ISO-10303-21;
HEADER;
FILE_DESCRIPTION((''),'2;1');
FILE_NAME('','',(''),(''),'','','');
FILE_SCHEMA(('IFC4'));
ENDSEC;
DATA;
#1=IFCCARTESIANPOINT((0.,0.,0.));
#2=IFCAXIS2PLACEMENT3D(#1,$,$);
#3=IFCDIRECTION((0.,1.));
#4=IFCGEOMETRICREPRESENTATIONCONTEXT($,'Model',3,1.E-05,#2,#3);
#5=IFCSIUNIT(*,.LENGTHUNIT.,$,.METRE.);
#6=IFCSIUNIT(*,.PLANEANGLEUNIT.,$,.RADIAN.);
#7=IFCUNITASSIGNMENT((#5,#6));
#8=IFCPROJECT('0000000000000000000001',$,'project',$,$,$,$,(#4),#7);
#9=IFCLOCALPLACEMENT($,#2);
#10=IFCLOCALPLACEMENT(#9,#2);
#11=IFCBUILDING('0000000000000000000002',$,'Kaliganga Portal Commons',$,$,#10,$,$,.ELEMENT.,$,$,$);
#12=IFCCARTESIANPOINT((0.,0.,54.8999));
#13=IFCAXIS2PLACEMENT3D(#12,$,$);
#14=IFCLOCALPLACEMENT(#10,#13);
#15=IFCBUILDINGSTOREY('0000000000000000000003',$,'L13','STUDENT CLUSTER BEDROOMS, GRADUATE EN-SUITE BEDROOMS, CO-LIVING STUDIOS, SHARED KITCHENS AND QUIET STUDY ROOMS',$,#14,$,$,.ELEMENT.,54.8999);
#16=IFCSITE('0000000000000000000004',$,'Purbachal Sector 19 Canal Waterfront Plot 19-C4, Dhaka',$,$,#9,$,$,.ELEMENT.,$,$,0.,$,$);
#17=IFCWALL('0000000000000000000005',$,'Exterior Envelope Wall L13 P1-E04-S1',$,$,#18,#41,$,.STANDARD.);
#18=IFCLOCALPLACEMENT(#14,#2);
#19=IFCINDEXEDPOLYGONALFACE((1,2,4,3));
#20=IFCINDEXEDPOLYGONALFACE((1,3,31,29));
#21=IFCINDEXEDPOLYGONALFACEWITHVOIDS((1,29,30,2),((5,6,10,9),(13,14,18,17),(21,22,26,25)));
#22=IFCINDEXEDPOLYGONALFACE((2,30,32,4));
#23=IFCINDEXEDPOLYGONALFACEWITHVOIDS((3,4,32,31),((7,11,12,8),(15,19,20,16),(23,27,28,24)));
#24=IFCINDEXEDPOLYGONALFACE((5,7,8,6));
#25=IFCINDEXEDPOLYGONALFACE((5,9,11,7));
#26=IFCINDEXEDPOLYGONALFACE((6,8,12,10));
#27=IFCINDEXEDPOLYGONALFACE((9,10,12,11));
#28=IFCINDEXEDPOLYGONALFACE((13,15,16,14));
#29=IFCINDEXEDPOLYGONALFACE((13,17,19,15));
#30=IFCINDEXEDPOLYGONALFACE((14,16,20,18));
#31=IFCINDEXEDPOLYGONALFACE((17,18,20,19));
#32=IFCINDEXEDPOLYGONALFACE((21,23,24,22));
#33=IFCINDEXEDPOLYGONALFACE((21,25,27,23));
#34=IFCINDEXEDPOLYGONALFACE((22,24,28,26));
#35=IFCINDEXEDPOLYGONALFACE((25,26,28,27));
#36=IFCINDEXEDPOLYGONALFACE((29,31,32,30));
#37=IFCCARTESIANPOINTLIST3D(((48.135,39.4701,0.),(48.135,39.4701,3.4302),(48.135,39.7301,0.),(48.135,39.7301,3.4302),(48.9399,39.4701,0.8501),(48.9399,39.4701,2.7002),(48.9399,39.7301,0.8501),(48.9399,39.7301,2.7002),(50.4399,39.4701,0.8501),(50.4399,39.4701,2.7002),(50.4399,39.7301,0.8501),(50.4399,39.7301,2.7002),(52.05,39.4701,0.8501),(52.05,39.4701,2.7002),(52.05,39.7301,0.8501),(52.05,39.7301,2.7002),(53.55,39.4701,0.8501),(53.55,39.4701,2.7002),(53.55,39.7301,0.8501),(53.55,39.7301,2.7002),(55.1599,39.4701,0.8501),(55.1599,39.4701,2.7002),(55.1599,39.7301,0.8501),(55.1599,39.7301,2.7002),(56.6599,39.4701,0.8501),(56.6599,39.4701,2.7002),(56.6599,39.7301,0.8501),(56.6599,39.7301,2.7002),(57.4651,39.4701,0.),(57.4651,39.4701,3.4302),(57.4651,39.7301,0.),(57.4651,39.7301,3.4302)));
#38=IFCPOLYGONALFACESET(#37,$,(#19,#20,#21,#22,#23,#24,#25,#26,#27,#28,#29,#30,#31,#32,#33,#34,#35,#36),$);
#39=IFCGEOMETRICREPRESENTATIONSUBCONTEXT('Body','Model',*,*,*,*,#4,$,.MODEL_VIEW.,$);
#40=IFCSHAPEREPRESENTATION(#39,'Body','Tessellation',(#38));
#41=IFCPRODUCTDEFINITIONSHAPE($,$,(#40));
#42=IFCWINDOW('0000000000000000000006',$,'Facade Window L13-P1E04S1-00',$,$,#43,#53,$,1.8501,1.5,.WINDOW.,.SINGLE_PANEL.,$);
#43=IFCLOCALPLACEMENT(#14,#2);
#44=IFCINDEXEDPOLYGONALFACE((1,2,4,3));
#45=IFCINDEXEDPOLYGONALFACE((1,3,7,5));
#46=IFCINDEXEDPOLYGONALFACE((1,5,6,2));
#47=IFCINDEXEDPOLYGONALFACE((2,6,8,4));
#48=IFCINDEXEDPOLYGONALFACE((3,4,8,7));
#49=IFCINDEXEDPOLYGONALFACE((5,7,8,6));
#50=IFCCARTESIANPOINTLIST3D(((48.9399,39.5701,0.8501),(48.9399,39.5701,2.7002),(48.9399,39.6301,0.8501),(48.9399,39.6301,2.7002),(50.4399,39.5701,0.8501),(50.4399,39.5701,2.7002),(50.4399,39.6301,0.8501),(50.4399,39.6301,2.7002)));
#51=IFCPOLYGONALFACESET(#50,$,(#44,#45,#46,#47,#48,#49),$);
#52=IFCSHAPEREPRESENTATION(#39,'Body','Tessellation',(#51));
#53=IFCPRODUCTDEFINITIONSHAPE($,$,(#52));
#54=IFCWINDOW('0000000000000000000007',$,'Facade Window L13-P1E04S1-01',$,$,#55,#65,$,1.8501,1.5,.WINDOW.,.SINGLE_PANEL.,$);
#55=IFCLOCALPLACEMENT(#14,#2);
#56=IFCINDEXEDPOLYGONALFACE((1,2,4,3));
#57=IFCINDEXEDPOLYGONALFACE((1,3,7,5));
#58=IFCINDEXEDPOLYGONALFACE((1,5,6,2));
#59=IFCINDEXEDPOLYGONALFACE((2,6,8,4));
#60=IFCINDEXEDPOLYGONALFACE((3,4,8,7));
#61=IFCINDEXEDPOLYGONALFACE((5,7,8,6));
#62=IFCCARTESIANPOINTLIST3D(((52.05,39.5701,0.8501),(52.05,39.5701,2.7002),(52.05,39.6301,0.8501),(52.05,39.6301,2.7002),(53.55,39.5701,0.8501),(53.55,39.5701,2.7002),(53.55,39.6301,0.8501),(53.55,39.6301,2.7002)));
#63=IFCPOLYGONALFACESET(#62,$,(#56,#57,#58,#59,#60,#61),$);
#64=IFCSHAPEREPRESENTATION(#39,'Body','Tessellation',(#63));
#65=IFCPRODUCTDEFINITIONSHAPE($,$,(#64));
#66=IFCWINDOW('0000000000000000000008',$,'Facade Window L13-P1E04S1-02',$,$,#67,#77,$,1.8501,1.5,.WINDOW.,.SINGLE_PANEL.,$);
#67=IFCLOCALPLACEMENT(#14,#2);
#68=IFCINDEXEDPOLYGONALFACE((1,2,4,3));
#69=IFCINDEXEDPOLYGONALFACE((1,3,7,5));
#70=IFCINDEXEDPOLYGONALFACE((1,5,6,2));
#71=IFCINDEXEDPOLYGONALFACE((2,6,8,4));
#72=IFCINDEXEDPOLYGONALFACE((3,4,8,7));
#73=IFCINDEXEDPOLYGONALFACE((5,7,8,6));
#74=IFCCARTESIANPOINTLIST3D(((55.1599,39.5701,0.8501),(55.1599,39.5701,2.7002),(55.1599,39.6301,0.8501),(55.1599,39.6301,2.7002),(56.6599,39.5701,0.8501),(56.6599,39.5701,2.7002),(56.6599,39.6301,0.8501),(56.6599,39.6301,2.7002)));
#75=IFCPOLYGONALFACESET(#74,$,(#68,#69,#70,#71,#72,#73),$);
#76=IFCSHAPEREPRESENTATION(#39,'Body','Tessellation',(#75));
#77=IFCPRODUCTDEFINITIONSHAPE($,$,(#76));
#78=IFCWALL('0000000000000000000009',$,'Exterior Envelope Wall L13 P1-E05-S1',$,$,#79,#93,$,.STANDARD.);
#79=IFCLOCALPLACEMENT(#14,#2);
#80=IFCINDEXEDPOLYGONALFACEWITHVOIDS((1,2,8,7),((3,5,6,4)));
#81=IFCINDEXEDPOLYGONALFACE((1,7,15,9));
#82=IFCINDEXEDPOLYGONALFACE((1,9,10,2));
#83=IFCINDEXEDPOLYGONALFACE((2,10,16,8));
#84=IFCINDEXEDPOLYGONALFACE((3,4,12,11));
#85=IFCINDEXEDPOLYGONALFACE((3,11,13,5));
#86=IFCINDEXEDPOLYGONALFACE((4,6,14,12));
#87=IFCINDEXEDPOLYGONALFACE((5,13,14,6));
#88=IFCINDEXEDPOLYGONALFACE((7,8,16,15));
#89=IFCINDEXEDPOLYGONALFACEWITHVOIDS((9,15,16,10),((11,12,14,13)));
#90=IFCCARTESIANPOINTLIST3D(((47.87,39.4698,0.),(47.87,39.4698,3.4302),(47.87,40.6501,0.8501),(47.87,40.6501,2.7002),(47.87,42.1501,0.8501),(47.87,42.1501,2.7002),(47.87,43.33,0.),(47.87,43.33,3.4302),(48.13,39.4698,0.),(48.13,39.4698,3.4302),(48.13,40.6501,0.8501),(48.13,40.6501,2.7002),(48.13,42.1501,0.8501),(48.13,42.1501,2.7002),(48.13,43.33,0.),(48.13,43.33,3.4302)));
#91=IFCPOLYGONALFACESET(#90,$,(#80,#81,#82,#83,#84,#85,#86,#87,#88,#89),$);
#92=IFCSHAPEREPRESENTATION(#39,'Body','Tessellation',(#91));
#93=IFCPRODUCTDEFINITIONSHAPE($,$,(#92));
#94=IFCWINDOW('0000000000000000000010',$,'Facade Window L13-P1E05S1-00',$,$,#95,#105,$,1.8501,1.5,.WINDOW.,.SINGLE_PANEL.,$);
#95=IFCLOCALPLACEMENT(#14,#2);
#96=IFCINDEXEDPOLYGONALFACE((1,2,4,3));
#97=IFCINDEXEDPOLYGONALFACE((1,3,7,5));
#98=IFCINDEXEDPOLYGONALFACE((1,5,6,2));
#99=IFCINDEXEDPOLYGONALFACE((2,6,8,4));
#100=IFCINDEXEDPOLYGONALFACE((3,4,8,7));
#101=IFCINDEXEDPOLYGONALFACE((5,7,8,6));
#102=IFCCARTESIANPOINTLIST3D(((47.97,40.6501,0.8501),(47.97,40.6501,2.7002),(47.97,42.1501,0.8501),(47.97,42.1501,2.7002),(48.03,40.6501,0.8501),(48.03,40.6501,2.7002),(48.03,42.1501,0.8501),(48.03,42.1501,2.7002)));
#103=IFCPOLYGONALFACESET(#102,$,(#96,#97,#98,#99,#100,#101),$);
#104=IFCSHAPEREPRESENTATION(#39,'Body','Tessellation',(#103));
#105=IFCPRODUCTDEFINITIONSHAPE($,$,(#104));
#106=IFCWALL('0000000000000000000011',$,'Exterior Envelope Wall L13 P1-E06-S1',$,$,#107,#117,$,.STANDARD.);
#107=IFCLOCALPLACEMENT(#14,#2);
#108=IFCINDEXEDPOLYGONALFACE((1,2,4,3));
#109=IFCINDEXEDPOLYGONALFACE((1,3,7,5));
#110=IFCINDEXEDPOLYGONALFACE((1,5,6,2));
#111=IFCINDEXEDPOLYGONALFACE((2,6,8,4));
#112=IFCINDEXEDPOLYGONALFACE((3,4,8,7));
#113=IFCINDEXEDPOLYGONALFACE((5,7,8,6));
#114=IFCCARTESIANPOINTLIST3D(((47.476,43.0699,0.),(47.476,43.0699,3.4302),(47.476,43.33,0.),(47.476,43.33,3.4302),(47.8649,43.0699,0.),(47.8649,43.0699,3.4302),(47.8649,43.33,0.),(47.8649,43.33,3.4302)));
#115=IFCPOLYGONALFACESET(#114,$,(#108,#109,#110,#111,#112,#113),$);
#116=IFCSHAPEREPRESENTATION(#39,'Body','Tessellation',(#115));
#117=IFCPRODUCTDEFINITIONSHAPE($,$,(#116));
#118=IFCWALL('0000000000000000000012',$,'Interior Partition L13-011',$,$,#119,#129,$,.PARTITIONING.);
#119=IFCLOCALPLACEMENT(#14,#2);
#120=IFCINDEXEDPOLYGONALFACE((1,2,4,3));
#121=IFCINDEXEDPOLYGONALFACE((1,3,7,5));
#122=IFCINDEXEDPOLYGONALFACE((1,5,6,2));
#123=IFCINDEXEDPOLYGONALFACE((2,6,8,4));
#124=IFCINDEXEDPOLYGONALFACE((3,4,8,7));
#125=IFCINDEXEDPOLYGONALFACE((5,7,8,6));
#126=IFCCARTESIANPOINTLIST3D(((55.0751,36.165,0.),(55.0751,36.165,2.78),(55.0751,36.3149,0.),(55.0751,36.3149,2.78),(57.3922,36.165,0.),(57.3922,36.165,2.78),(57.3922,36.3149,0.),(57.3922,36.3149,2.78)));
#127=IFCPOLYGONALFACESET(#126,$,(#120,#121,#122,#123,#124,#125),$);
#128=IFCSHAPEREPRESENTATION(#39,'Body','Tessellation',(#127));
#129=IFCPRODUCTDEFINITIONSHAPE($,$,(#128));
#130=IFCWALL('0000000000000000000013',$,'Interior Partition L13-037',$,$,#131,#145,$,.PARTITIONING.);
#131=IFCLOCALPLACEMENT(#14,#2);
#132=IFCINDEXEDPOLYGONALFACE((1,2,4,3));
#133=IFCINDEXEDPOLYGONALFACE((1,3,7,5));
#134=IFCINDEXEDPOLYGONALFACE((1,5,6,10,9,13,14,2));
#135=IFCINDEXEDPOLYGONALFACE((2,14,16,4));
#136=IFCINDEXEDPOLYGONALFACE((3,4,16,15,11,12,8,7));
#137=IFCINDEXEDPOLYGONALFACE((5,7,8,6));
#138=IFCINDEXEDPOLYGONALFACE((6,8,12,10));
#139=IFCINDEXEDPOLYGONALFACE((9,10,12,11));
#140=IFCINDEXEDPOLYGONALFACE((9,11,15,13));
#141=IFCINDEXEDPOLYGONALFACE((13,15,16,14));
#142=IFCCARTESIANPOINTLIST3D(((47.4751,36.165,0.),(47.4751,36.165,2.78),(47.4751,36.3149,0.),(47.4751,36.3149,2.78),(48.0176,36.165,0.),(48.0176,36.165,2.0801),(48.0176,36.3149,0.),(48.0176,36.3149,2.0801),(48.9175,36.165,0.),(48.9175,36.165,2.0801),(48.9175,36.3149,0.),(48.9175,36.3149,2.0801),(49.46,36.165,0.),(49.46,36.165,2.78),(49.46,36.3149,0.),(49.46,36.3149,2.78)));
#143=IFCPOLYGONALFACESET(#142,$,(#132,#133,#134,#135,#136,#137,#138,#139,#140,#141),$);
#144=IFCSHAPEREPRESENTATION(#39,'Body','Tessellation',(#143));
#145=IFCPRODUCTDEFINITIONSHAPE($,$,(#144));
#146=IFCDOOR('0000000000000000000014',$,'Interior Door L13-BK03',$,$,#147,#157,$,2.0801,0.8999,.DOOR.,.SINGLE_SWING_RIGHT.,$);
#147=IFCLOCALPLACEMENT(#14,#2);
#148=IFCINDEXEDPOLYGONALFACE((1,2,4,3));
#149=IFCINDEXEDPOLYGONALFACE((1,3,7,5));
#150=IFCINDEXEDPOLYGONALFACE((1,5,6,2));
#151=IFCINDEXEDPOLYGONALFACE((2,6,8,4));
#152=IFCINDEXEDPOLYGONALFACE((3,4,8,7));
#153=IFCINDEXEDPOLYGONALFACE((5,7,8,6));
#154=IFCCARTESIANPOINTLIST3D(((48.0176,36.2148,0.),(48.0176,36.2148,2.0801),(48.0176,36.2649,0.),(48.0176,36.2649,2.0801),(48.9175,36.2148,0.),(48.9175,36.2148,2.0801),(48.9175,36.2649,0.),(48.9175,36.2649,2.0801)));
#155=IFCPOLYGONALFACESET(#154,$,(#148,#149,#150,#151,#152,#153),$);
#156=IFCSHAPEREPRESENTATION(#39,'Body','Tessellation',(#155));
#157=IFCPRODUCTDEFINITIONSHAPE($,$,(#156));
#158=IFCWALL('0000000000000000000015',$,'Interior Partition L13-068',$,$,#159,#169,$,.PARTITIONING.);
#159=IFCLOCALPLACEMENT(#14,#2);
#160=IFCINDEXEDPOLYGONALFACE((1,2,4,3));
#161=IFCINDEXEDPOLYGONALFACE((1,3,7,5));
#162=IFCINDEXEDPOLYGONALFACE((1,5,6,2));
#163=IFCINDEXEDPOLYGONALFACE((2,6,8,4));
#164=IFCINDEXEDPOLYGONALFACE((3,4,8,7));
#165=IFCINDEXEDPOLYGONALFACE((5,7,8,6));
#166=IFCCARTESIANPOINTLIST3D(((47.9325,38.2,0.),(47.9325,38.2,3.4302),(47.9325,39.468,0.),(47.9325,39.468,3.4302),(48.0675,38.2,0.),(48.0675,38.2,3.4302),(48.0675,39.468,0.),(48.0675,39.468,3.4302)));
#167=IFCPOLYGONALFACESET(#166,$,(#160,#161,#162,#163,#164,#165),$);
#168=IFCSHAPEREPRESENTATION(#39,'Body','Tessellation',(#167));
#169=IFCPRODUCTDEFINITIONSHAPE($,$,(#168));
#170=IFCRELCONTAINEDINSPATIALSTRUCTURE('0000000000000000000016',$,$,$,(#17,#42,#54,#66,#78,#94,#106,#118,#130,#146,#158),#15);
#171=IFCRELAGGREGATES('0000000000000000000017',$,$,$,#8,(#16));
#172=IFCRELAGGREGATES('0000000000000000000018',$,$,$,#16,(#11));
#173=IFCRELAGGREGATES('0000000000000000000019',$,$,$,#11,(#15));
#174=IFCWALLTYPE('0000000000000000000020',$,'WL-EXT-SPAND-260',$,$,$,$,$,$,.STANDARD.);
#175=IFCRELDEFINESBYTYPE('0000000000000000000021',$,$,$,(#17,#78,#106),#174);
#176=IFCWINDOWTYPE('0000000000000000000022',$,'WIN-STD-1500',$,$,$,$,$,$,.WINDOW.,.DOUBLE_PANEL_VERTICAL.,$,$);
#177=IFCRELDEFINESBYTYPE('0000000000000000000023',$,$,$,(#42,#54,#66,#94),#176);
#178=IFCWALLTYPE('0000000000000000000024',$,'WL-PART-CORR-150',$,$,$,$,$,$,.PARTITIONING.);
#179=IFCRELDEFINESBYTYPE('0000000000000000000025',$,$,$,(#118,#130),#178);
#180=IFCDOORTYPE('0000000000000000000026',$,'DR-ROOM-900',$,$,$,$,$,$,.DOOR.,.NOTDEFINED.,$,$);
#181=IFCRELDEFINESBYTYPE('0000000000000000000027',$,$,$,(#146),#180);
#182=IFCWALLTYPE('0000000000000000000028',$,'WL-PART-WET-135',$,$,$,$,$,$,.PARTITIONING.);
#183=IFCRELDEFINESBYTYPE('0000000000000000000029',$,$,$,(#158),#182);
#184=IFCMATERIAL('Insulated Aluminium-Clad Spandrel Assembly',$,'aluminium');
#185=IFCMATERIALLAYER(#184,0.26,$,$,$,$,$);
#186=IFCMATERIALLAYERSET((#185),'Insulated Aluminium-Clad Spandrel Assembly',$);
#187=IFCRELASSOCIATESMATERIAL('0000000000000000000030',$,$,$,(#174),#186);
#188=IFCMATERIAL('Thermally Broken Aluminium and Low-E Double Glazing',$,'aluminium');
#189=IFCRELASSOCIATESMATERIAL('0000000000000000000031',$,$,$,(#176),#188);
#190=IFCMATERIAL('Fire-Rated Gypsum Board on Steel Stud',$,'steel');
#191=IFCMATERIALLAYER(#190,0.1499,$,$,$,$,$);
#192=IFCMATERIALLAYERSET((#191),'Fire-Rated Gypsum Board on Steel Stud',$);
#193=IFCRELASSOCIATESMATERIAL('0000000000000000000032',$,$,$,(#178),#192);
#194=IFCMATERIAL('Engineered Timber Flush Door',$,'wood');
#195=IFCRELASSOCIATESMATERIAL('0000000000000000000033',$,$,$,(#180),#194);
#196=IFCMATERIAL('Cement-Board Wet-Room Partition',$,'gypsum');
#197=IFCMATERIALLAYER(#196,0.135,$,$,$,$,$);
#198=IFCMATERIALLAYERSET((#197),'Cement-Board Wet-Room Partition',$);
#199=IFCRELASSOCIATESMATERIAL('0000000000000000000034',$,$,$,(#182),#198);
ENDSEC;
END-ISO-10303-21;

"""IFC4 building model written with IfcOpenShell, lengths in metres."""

from ifc_helpers import new_model, si_unit, direction, frame, frame_2d, origin, place, context, subcontext, project, spatial, rectangle, extrude, material, layer, layer_set, type_object, element, fill, save


model = new_model("IFC4")

# Units and contexts
model_context = context("Model", 3, precision=1e-05, world=origin(), true_north=direction((0.0, 1.0)))
body_context = subcontext(model_context, "Body", "Model", "MODEL_VIEW")
ifc_project = project(units=[si_unit("LENGTHUNIT", "METRE"), si_unit("PLANEANGLEUNIT", "RADIAN")], contexts=[model_context])

# Site, building, storey
site_placement = place(None, origin())
site = spatial("IfcSite", under=ifc_project, at=site_placement, Name="Purbachal Sector 19 Canal Waterfront Plot 19-C4, Dhaka", CompositionType="ELEMENT", RefElevation=0.0)
building_placement = place(site_placement, origin())
building = spatial("IfcBuilding", under=site, at=building_placement, Name="Kaliganga Portal Commons", CompositionType="ELEMENT")
storey_placement = place(building_placement, frame((0.0, 0.0, 54.8999)))
storey = spatial("IfcBuildingStorey", under=building, at=storey_placement, Name="L13", Description="STUDENT CLUSTER BEDROOMS, GRADUATE EN-SUITE BEDROOMS, CO-LIVING STUDIOS, SHARED KITCHENS AND QUIET STUDY ROOMS", CompositionType="ELEMENT", Elevation=54.8999)

# Wall, openings, windows
ifc_material_1 = material(Name="Insulated Aluminium-Clad Spandrel Assembly", Category="aluminium")
ifc_layer_1 = layer(ifc_material_1, 0.26)
ifc_layer_set_1 = layer_set([ifc_layer_1], Name="Insulated Aluminium-Clad Spandrel Assembly")
wall_type_1 = type_object("IfcWallType", Name="WL-EXT-SPAND-260", PredefinedType="STANDARD", material=ifc_layer_set_1)
ifc_material_2 = material(Name="Thermally Broken Aluminium and Low-E Double Glazing", Category="aluminium")
window_type_1 = type_object("IfcWindowType", Name="WIN-STD-1500", PartitioningType="DOUBLE_PANEL_VERTICAL", PredefinedType="WINDOW", material=ifc_material_2)
wall_1_placement = place(storey_placement, frame((48.135, 39.6001, 0.0), z_axis=(0.0, 0.0, 1.0), x_axis=(1.0, 0.0, 0.0)))
wall_1 = element("IfcWall", 1, at=wall_1_placement, inside=storey, type_object=wall_type_1, Name="Exterior Envelope Wall L13 P1-E04-S1", PredefinedType="STANDARD", context=body_context, shape_type="SweptSolid", body=[
    extrude(rectangle(XDim=9.3301, YDim=0.26, at=frame_2d((4.665, 0.0))), origin(), (0.0, 0.0, 1.0), 3.4302),
])
opening_1_placement = place(wall_1_placement, frame((0.8049, 0.0, 0.8501)))
opening_1 = element("IfcOpeningElement", 2, at=opening_1_placement, cuts=wall_1, PredefinedType="OPENING", context=body_context, shape_type="SweptSolid", body=[
    extrude(rectangle(XDim=1.5, YDim=1.8501, at=frame_2d((0.75, 0.925))), frame((0.0, 0.1401, 0.0), z_axis=(0.0, -1.0, 0.0), x_axis=(1.0, 0.0, 0.0)), (0.0, 0.0, 1.0), 0.28),
])
opening_2_placement = place(wall_1_placement, frame((3.915, 0.0, 0.8501)))
opening_2 = element("IfcOpeningElement", 3, at=opening_2_placement, cuts=wall_1, PredefinedType="OPENING", context=body_context, shape_type="SweptSolid", body=[
    extrude(rectangle(XDim=1.5, YDim=1.8501, at=frame_2d((0.75, 0.925))), frame((0.0, 0.1401, 0.0), z_axis=(0.0, -1.0, 0.0), x_axis=(1.0, 0.0, 0.0)), (0.0, 0.0, 1.0), 0.28),
])
opening_3_placement = place(wall_1_placement, frame((7.0249, 0.0, 0.8501)))
opening_3 = element("IfcOpeningElement", 4, at=opening_3_placement, cuts=wall_1, PredefinedType="OPENING", context=body_context, shape_type="SweptSolid", body=[
    extrude(rectangle(XDim=1.5, YDim=1.8501, at=frame_2d((0.75, 0.925))), frame((0.0, 0.1401, 0.0), z_axis=(0.0, -1.0, 0.0), x_axis=(1.0, 0.0, 0.0)), (0.0, 0.0, 1.0), 0.28),
])
window_1_placement = place(opening_1_placement, origin())
window_1 = element("IfcWindow", 5, at=window_1_placement, inside=storey, type_object=window_type_1, Name="Facade Window L13-P1E04S1-00", OverallHeight=1.8501, OverallWidth=1.5, PartitioningType="SINGLE_PANEL", PredefinedType="WINDOW", context=body_context, shape_type="SweptSolid", body=[
    extrude(rectangle(XDim=1.5, YDim=1.8501, at=frame_2d((0.75, 0.925))), frame((0.0, 0.03, 0.0), z_axis=(0.0, -1.0, 0.0), x_axis=(1.0, 0.0, 0.0)), (0.0, 0.0, 1.0), 0.0601),
])
fill(opening_1, window_1)
window_2_placement = place(opening_2_placement, origin())
window_2 = element("IfcWindow", 6, at=window_2_placement, inside=storey, type_object=window_type_1, Name="Facade Window L13-P1E04S1-01", OverallHeight=1.8501, OverallWidth=1.5, PartitioningType="SINGLE_PANEL", PredefinedType="WINDOW", context=body_context, shape_type="SweptSolid", body=[
    extrude(rectangle(XDim=1.5, YDim=1.8501, at=frame_2d((0.75, 0.925))), frame((0.0, 0.03, 0.0), z_axis=(0.0, -1.0, 0.0), x_axis=(1.0, 0.0, 0.0)), (0.0, 0.0, 1.0), 0.0601),
])
fill(opening_2, window_2)
window_3_placement = place(opening_3_placement, origin())
window_3 = element("IfcWindow", 7, at=window_3_placement, inside=storey, type_object=window_type_1, Name="Facade Window L13-P1E04S1-02", OverallHeight=1.8501, OverallWidth=1.5, PartitioningType="SINGLE_PANEL", PredefinedType="WINDOW", context=body_context, shape_type="SweptSolid", body=[
    extrude(rectangle(XDim=1.5, YDim=1.8501, at=frame_2d((0.75, 0.925))), frame((0.0, 0.03, 0.0), z_axis=(0.0, -1.0, 0.0), x_axis=(1.0, 0.0, 0.0)), (0.0, 0.0, 1.0), 0.0601),
])
fill(opening_3, window_3)

# Wall, opening, window
wall_2_placement = place(storey_placement, frame((48.0, 43.3301, 0.0), z_axis=(0.0, 0.0, 1.0), x_axis=(0.0, -1.0, 0.0)))
wall_2 = element("IfcWall", 8, at=wall_2_placement, inside=storey, type_object=wall_type_1, Name="Exterior Envelope Wall L13 P1-E05-S1", PredefinedType="STANDARD", context=body_context, shape_type="SweptSolid", body=[
    extrude(rectangle(XDim=3.8601, YDim=0.26, at=frame_2d((1.9302, 0.0))), origin(), (0.0, 0.0, 1.0), 3.4302),
])
opening_4_placement = place(wall_2_placement, frame((1.1799, 0.0, 0.8501)))
opening_4 = element("IfcOpeningElement", 9, at=opening_4_placement, cuts=wall_2, PredefinedType="OPENING", context=body_context, shape_type="SweptSolid", body=[
    extrude(rectangle(XDim=1.5, YDim=1.8501, at=frame_2d((0.75, 0.925))), frame((0.0, 0.1401, 0.0), z_axis=(0.0, -1.0, 0.0), x_axis=(1.0, 0.0, 0.0)), (0.0, 0.0, 1.0), 0.28),
])
window_4_placement = place(opening_4_placement, origin())
window_4 = element("IfcWindow", 10, at=window_4_placement, inside=storey, type_object=window_type_1, Name="Facade Window L13-P1E05S1-00", OverallHeight=1.8501, OverallWidth=1.5, PartitioningType="SINGLE_PANEL", PredefinedType="WINDOW", context=body_context, shape_type="SweptSolid", body=[
    extrude(rectangle(XDim=1.5, YDim=1.8501, at=frame_2d((0.75, 0.925))), frame((0.0, 0.03, 0.0), z_axis=(0.0, -1.0, 0.0), x_axis=(1.0, 0.0, 0.0)), (0.0, 0.0, 1.0), 0.0601),
])
fill(opening_4, window_4)

# Wall
wall_3_placement = place(storey_placement, frame((47.4761, 43.2, 0.0), z_axis=(0.0, 0.0, 1.0), x_axis=(1.0, 0.0, 0.0)))
element("IfcWall", 11, at=wall_3_placement, inside=storey, type_object=wall_type_1, Name="Exterior Envelope Wall L13 P1-E06-S1", PredefinedType="STANDARD", context=body_context, shape_type="SweptSolid", body=[
    extrude(rectangle(XDim=0.3889, YDim=0.26, at=frame_2d((0.1943, 0.0))), origin(), (0.0, 0.0, 1.0), 3.4302),
])

# Shared definitions
ifc_material_3 = material(Name="Fire-Rated Gypsum Board on Steel Stud", Category="steel")
ifc_layer_2 = layer(ifc_material_3, 0.1499)
ifc_layer_set_2 = layer_set([ifc_layer_2], Name="Fire-Rated Gypsum Board on Steel Stud")
wall_type_2 = type_object("IfcWallType", Name="WL-PART-CORR-150", PredefinedType="PARTITIONING", material=ifc_layer_set_2)

# Wall
wall_4_placement = place(storey_placement, frame((55.075, 36.24, 0.0), z_axis=(0.0, 0.0, 1.0), x_axis=(1.0, 0.0, 0.0)))
element("IfcWall", 12, at=wall_4_placement, inside=storey, type_object=wall_type_2, Name="Interior Partition L13-011", PredefinedType="PARTITIONING", context=body_context, shape_type="SweptSolid", body=[
    extrude(rectangle(XDim=2.3171, YDim=0.1499, at=frame_2d((1.1587, 0.0))), origin(), (0.0, 0.0, 1.0), 2.78),
])

# Wall, opening, door
wall_5_placement = place(storey_placement, frame((47.4751, 36.24, 0.0), z_axis=(0.0, 0.0, 1.0), x_axis=(1.0, 0.0, 0.0)))
wall_5 = element("IfcWall", 13, at=wall_5_placement, inside=storey, type_object=wall_type_2, Name="Interior Partition L13-037", PredefinedType="PARTITIONING", context=body_context, shape_type="SweptSolid", body=[
    extrude(rectangle(XDim=1.9849, YDim=0.1499, at=frame_2d((0.9924, 0.0))), origin(), (0.0, 0.0, 1.0), 2.78),
])
opening_5_placement = place(wall_5_placement, frame((0.5425, 0.0, 0.0)))
opening_5 = element("IfcOpeningElement", 14, at=opening_5_placement, cuts=wall_5, PredefinedType="OPENING", context=body_context, shape_type="SweptSolid", body=[
    extrude(rectangle(XDim=0.8999, YDim=2.0801, at=frame_2d((0.45, 1.04))), frame((0.0, 0.085, 0.0), z_axis=(0.0, -1.0, 0.0), x_axis=(1.0, 0.0, 0.0)), (0.0, 0.0, 1.0), 0.1699),
])
ifc_material_4 = material(Name="Engineered Timber Flush Door", Category="wood")
door_type_1 = type_object("IfcDoorType", Name="DR-ROOM-900", OperationType="NOTDEFINED", PredefinedType="DOOR", material=ifc_material_4)
door_1_placement = place(opening_5_placement, origin())
door_1 = element("IfcDoor", 15, at=door_1_placement, inside=storey, type_object=door_type_1, Name="Interior Door L13-BK03", OperationType="SINGLE_SWING_RIGHT", OverallHeight=2.0801, OverallWidth=0.8999, PredefinedType="DOOR", context=body_context, shape_type="SweptSolid", body=[
    extrude(rectangle(XDim=0.8999, YDim=2.0801, at=frame_2d((0.45, 1.04))), frame((0.0, 0.0249, 0.0), z_axis=(0.0, -1.0, 0.0), x_axis=(1.0, 0.0, 0.0)), (0.0, 0.0, 1.0), 0.05),
])
fill(opening_5, door_1)

# Wall
ifc_material_5 = material(Name="Cement-Board Wet-Room Partition", Category="gypsum")
ifc_layer_3 = layer(ifc_material_5, 0.135)
ifc_layer_set_3 = layer_set([ifc_layer_3], Name="Cement-Board Wet-Room Partition")
wall_type_3 = type_object("IfcWallType", Name="WL-PART-WET-135", PredefinedType="PARTITIONING", material=ifc_layer_set_3)
wall_6_placement = place(storey_placement, frame((48.0, 38.2, 0.0), z_axis=(0.0, 0.0, 1.0), x_axis=(0.0, 1.0, 0.0)))
element("IfcWall", 16, at=wall_6_placement, inside=storey, type_object=wall_type_3, Name="Interior Partition L13-068", PredefinedType="PARTITIONING", context=body_context, shape_type="SweptSolid", body=[
    extrude(rectangle(XDim=1.2681, YDim=0.135, at=frame_2d((0.634, 0.0))), origin(), (0.0, 0.0, 1.0), 3.4302),
])

save(model, "model.ifc")
